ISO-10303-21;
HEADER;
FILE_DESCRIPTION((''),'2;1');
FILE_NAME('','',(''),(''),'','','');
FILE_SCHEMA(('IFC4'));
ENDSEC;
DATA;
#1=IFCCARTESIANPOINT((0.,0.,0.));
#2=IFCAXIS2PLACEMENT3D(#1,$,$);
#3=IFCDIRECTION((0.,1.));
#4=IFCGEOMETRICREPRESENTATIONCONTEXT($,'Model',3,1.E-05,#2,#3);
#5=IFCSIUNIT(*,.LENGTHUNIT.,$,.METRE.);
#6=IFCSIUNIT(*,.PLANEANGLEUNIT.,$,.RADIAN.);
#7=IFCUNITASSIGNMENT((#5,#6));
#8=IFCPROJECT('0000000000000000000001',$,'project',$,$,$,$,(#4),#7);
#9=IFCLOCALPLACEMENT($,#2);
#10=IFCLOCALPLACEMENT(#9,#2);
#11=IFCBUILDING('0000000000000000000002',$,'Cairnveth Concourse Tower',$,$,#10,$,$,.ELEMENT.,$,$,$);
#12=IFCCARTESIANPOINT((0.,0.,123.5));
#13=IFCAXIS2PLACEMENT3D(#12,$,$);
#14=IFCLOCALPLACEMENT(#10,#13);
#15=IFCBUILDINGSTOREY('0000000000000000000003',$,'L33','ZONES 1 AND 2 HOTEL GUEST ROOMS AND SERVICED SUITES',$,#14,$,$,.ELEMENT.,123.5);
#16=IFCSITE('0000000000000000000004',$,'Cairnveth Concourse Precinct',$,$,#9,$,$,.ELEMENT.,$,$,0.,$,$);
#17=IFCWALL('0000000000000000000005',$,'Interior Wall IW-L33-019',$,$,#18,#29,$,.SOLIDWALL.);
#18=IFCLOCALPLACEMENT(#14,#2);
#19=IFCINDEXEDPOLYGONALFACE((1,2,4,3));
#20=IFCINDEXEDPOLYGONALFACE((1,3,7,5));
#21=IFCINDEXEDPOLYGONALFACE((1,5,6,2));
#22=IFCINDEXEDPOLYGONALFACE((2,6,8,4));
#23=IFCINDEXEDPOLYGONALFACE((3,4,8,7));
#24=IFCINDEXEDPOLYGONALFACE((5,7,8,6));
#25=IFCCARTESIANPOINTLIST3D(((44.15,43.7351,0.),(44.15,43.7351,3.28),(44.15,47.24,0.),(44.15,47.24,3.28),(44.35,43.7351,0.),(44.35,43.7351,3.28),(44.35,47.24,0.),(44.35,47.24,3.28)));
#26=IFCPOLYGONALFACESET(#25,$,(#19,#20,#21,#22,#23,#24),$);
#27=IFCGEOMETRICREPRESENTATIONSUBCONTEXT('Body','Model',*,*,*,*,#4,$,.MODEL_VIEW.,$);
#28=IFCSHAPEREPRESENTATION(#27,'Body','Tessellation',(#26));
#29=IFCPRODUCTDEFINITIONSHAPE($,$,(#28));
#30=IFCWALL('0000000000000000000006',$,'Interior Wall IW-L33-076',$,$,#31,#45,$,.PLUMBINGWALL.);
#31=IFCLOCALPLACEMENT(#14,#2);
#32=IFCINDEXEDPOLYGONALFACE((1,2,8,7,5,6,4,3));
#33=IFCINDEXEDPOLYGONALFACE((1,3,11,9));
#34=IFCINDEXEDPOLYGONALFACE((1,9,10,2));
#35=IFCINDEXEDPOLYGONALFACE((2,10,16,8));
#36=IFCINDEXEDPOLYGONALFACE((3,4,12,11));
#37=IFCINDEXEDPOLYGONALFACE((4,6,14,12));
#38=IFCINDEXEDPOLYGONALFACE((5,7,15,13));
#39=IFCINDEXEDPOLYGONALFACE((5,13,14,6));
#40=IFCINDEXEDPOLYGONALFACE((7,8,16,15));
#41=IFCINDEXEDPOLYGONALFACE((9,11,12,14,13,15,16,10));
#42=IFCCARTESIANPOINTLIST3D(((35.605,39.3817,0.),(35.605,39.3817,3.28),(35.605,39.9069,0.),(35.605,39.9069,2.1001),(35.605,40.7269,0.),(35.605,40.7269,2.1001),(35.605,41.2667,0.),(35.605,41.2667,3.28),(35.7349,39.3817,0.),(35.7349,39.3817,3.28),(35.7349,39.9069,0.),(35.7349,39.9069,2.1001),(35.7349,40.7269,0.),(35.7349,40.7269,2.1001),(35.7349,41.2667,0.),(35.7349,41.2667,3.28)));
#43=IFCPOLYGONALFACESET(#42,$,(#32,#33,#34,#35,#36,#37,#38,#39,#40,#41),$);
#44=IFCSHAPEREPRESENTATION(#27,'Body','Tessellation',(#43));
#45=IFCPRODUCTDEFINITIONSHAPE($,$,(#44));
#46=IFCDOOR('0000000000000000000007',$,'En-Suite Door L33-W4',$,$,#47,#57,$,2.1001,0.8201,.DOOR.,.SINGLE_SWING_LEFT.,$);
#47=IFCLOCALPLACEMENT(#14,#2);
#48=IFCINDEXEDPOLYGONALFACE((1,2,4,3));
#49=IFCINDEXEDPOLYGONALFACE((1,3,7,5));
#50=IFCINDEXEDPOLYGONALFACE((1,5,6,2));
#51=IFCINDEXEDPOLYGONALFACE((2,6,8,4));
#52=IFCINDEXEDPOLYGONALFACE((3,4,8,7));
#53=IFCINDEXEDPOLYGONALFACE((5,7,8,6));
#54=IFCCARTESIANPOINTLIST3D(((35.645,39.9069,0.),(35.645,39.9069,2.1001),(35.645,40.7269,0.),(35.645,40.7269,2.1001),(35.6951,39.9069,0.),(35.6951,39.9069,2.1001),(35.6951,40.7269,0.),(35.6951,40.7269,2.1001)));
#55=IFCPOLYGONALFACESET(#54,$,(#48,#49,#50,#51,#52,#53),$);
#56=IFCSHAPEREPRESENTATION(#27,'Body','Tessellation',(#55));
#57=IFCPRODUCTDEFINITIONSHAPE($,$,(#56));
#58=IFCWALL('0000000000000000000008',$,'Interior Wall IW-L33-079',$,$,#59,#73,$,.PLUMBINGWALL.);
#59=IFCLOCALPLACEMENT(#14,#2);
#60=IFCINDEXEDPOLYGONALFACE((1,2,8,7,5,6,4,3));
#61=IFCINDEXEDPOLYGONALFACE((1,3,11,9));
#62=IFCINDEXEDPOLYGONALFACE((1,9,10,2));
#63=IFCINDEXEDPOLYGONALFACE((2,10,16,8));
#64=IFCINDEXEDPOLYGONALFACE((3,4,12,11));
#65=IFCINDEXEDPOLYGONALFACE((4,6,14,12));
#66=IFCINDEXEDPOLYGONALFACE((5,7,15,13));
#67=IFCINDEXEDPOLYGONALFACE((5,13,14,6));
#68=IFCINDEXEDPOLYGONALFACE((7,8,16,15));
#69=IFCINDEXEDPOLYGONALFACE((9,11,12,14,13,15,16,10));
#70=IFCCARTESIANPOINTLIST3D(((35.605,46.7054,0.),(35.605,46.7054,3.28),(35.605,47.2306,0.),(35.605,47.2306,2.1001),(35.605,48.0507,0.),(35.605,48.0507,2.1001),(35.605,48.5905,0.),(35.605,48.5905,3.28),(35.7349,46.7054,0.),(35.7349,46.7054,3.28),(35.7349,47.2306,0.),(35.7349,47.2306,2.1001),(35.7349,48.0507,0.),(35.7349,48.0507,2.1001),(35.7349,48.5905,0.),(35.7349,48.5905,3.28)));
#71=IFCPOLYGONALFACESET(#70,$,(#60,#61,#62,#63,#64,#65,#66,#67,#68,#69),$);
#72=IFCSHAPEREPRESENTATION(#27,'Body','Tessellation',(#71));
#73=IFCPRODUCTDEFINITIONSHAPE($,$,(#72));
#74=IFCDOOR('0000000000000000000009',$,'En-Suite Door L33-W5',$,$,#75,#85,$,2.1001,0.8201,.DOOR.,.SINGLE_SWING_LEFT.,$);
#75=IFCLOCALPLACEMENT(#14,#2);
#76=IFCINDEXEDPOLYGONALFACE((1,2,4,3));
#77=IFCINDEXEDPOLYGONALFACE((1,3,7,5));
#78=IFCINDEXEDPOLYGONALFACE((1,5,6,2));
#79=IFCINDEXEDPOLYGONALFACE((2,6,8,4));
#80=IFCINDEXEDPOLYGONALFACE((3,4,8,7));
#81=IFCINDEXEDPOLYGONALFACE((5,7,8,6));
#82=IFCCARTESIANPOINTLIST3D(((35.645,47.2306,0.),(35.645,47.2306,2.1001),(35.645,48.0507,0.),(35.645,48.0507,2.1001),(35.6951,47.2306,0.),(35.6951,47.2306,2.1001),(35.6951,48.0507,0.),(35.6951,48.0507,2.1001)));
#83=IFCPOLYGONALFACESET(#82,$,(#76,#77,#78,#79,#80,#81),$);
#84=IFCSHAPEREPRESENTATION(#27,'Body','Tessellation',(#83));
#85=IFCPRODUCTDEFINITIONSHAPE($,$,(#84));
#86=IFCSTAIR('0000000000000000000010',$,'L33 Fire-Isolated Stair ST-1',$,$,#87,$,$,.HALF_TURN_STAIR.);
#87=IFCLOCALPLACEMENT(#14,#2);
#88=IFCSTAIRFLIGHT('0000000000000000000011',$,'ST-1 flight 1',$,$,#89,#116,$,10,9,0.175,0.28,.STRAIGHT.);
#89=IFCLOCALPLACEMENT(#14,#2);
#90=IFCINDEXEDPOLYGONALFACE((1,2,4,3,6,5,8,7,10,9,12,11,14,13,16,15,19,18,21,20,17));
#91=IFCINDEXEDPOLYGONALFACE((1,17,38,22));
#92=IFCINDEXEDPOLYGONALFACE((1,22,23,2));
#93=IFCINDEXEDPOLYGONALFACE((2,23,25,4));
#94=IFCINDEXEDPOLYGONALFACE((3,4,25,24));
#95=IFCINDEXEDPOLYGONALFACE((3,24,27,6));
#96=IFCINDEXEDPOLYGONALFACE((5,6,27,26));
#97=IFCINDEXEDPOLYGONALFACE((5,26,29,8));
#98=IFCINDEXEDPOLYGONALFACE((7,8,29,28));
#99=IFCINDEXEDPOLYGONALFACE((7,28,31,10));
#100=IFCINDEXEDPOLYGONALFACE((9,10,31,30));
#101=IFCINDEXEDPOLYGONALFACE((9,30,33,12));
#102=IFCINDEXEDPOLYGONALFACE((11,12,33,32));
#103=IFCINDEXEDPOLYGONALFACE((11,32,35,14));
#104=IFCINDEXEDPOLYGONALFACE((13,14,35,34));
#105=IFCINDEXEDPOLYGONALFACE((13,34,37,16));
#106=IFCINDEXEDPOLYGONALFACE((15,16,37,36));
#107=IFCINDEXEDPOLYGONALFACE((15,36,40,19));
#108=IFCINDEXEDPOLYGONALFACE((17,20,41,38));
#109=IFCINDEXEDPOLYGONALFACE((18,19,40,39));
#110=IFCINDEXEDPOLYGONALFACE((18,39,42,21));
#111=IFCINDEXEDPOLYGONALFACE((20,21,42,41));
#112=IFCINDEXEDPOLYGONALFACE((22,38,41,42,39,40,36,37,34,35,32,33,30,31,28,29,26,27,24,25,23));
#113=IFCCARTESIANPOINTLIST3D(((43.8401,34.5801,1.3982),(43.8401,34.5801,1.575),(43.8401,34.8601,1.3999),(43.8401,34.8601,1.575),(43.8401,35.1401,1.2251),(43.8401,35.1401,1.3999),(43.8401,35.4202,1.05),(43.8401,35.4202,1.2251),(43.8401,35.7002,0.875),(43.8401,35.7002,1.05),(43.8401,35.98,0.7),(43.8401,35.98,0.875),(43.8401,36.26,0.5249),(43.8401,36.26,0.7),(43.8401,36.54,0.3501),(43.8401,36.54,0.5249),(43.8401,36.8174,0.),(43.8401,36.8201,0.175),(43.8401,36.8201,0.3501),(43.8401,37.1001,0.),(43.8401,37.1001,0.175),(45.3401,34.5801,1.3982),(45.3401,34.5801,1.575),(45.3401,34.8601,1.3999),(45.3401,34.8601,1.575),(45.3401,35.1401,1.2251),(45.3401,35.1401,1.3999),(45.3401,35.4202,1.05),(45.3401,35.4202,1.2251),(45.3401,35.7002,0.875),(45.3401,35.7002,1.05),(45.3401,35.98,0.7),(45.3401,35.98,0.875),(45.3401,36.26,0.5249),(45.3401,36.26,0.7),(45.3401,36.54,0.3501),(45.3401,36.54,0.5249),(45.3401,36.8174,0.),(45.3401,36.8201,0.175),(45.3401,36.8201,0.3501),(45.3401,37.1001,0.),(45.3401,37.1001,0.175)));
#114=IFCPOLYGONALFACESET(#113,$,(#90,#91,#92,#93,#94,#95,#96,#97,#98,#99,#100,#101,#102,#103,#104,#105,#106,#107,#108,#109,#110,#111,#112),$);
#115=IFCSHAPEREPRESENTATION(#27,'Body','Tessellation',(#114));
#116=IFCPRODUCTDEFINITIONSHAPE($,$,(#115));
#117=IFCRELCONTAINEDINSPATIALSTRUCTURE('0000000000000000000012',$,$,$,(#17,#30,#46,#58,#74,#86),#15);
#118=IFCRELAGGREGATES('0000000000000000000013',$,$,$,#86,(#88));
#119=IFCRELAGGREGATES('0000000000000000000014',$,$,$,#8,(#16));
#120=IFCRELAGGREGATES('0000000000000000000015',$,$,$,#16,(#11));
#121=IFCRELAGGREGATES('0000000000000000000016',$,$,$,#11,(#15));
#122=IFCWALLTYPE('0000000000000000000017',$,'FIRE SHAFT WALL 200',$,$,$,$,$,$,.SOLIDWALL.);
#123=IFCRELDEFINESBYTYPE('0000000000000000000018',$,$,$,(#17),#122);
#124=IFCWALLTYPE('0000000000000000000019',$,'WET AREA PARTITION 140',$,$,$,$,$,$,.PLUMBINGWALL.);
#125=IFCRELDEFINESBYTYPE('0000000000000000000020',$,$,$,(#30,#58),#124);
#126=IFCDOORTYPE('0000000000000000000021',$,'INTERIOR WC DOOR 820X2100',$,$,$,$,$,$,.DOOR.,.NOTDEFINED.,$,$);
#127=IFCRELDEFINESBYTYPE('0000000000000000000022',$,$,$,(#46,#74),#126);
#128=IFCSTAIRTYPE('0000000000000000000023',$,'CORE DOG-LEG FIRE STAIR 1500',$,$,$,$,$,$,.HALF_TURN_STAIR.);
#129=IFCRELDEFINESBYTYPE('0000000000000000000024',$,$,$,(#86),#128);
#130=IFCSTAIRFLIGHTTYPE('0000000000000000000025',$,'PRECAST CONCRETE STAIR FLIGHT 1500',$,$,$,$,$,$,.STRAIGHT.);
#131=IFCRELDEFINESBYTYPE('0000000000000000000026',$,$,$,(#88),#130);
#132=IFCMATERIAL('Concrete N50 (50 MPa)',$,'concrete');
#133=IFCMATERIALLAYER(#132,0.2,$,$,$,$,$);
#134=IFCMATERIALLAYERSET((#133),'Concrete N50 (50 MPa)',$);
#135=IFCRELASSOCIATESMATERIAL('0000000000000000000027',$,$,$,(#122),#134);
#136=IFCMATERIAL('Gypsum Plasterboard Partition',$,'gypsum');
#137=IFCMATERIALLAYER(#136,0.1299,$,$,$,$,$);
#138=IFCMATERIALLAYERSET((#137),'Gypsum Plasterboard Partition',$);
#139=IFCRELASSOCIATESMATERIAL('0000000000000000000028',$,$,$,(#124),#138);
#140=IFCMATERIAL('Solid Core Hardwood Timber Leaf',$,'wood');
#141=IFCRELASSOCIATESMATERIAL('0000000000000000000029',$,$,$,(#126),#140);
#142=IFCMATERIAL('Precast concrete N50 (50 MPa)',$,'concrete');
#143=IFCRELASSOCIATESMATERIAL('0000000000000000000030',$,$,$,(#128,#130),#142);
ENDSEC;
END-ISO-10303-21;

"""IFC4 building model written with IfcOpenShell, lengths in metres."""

from ifc_helpers import new_model, si_unit, direction, frame, frame_2d, origin, place, context, subcontext, project, spatial, polyline, rectangle, outline, extrude, material, layer, layer_set, type_object, element, fill, aggregate, save


model = new_model("IFC4")

# Units and contexts
model_context = context("Model", 3, precision=1e-05, world=origin(), true_north=direction((0.0, 1.0)))
body_context = subcontext(model_context, "Body", "Model", "MODEL_VIEW")
ifc_project = project(units=[si_unit("LENGTHUNIT", "METRE"), si_unit("PLANEANGLEUNIT", "RADIAN")], contexts=[model_context])

# Site, building, storey
site_placement = place(None, origin())
site = spatial("IfcSite", under=ifc_project, at=site_placement, Name="Cairnveth Concourse Precinct", CompositionType="ELEMENT", RefElevation=0.0)
building_placement = place(site_placement, origin())
building = spatial("IfcBuilding", under=site, at=building_placement, Name="Cairnveth Concourse Tower", CompositionType="ELEMENT")
storey_placement = place(building_placement, frame((0.0, 0.0, 123.5)))
storey = spatial("IfcBuildingStorey", under=building, at=storey_placement, Name="L33", Description="ZONES 1 AND 2 HOTEL GUEST ROOMS AND SERVICED SUITES", CompositionType="ELEMENT", Elevation=123.5)

# Shared definitions
ifc_material_1 = material(Name="Concrete N50 (50 MPa)", Category="concrete")

# Shared definitions
ifc_layer_1 = layer(ifc_material_1, 0.2)
ifc_layer_set_1 = layer_set([ifc_layer_1], Name="Concrete N50 (50 MPa)")
wall_type_1 = type_object("IfcWallType", Name="FIRE SHAFT WALL 200", PredefinedType="SOLIDWALL", material=ifc_layer_set_1)

# Wall
for number, where, z_axis, x_axis, name in (
    (1, (44.25, 43.7351, 0.0), (0.0, 0.0, 1.0), (0.0, 1.0, 0.0), "Interior Wall IW-L33-019"),
):
    element("IfcWall", number, at=place(storey_placement, frame(where, z_axis=z_axis, x_axis=x_axis)), inside=storey, type_object=wall_type_1, Name=name, PredefinedType="SOLIDWALL", context=body_context, shape_type="SweptSolid", body=[
        extrude(rectangle(XDim=3.5049, YDim=0.2, at=frame_2d((1.7524, 0.0))), origin(), (0.0, 0.0, 1.0), 3.28),
    ])

# Walls, openings, doors
ifc_material_2 = material(Name="Gypsum Plasterboard Partition", Category="gypsum")
ifc_layer_2 = layer(ifc_material_2, 0.1299)
ifc_layer_set_2 = layer_set([ifc_layer_2], Name="Gypsum Plasterboard Partition")
wall_type_2 = type_object("IfcWallType", Name="WET AREA PARTITION 140", PredefinedType="PLUMBINGWALL", material=ifc_layer_set_2)
wall_1_placement = place(storey_placement, frame((35.6699, 39.3818, 0.0), z_axis=(0.0, 0.0, 1.0), x_axis=(0.0, 1.0, 0.0)))
wall_1 = element("IfcWall", 2, at=wall_1_placement, inside=storey, type_object=wall_type_2, Name="Interior Wall IW-L33-076", PredefinedType="PLUMBINGWALL", context=body_context, shape_type="SweptSolid", body=[
    extrude(rectangle(XDim=1.885, YDim=0.1299, at=frame_2d((0.9424, 0.0))), origin(), (0.0, 0.0, 1.0), 3.28),
])
opening_1_placement = place(wall_1_placement, frame((0.5249, 0.0, 0.0)))
opening_1 = element("IfcOpeningElement", 3, at=opening_1_placement, cuts=wall_1, PredefinedType="OPENING", context=body_context, shape_type="SweptSolid", body=[
    extrude(rectangle(XDim=0.8201, YDim=2.1001, at=frame_2d((0.4102, 1.05))), frame((0.0, 0.075, 0.0), z_axis=(0.0, -1.0, 0.0), x_axis=(1.0, 0.0, 0.0)), (0.0, 0.0, 1.0), 0.1499),
])
ifc_material_3 = material(Name="Solid Core Hardwood Timber Leaf", Category="wood")
door_type_1 = type_object("IfcDoorType", Name="INTERIOR WC DOOR 820X2100", OperationType="NOTDEFINED", PredefinedType="DOOR", material=ifc_material_3)
door_1_placement = place(opening_1_placement, origin())
door_1 = element("IfcDoor", 4, at=door_1_placement, inside=storey, type_object=door_type_1, Name="En-Suite Door L33-W4", OperationType="SINGLE_SWING_LEFT", OverallHeight=2.1001, OverallWidth=0.8201, PredefinedType="DOOR", context=body_context, shape_type="SweptSolid", body=[
    extrude(rectangle(XDim=0.8201, YDim=2.1001, at=frame_2d((0.4102, 1.05))), frame((0.0, 0.0249, 0.0), z_axis=(0.0, -1.0, 0.0), x_axis=(1.0, 0.0, 0.0)), (0.0, 0.0, 1.0), 0.05),
])
fill(opening_1, door_1)
wall_2_placement = place(storey_placement, frame((35.6699, 46.7056, 0.0), z_axis=(0.0, 0.0, 1.0), x_axis=(0.0, 1.0, 0.0)))
wall_2 = element("IfcWall", 5, at=wall_2_placement, inside=storey, type_object=wall_type_2, Name="Interior Wall IW-L33-079", PredefinedType="PLUMBINGWALL", context=body_context, shape_type="SweptSolid", body=[
    extrude(rectangle(XDim=1.885, YDim=0.1299, at=frame_2d((0.9424, 0.0))), origin(), (0.0, 0.0, 1.0), 3.28),
])
opening_2_placement = place(wall_2_placement, frame((0.5249, 0.0, 0.0)))
opening_2 = element("IfcOpeningElement", 6, at=opening_2_placement, cuts=wall_2, PredefinedType="OPENING", context=body_context, shape_type="SweptSolid", body=[
    extrude(rectangle(XDim=0.8201, YDim=2.1001, at=frame_2d((0.4102, 1.05))), frame((0.0, 0.075, 0.0), z_axis=(0.0, -1.0, 0.0), x_axis=(1.0, 0.0, 0.0)), (0.0, 0.0, 1.0), 0.1499),
])
door_2_placement = place(opening_2_placement, origin())
door_2 = element("IfcDoor", 7, at=door_2_placement, inside=storey, type_object=door_type_1, Name="En-Suite Door L33-W5", OperationType="SINGLE_SWING_LEFT", OverallHeight=2.1001, OverallWidth=0.8201, PredefinedType="DOOR", context=body_context, shape_type="SweptSolid", body=[
    extrude(rectangle(XDim=0.8201, YDim=2.1001, at=frame_2d((0.4102, 1.05))), frame((0.0, 0.0249, 0.0), z_axis=(0.0, -1.0, 0.0), x_axis=(1.0, 0.0, 0.0)), (0.0, 0.0, 1.0), 0.05),
])
fill(opening_2, door_2)

# Stair, stair flight
ifc_material_4 = material(Name="Precast concrete N50 (50 MPa)", Category="concrete")
stair_type = type_object("IfcStairType", Name="CORE DOG-LEG FIRE STAIR 1500", PredefinedType="HALF_TURN_STAIR", material=ifc_material_4)
stair_placement = place(storey_placement, origin())
stair = element("IfcStair", 8, at=stair_placement, inside=storey, type_object=stair_type, Name="L33 Fire-Isolated Stair ST-1", PredefinedType="HALF_TURN_STAIR")
stair_flight_type = type_object("IfcStairFlightType", Name="PRECAST CONCRETE STAIR FLIGHT 1500", PredefinedType="STRAIGHT", material=ifc_material_4)
stair_flight_placement = place(storey_placement, frame((44.5901, 37.1001, 0.0), z_axis=(0.0, 0.0, 1.0), x_axis=(0.0, -1.0, 0.0)))
stair_flight = element("IfcStairFlight", 9, at=stair_flight_placement, type_object=stair_flight_type, Name="ST-1 flight 1", NumberOfRisers=10, NumberOfTreads=9, PredefinedType="STRAIGHT", RiserHeight=0.175, TreadLength=0.28, context=body_context, shape_type="SweptSolid", body=[
    extrude(outline(polyline([(0.0, 0.0), (0.0, 0.175), (0.28, 0.175), (0.28, 0.3501), (0.5601, 0.3501), (0.5601, 0.5249), (0.8401, 0.5249), (0.8401, 0.7), (1.1201, 0.7), (1.1201, 0.875), (1.3999, 0.875), (1.3999, 1.05), (1.6799, 1.05), (1.6799, 1.2251), (1.96, 1.2251), (1.96, 1.3999), (2.24, 1.3999), (2.24, 1.575), (2.52, 1.575), (2.52, 1.75), (2.52, 1.3982), (0.2827, 0.0), (0.0, 0.0)])), frame((0.0, 0.75, 0.0), z_axis=(0.0, -1.0, 0.0), x_axis=(1.0, 0.0, 0.0)), (0.0, 0.0, 1.0), 1.5),
])
aggregate(stair, [stair_flight])

save(model, "model.ifc")
